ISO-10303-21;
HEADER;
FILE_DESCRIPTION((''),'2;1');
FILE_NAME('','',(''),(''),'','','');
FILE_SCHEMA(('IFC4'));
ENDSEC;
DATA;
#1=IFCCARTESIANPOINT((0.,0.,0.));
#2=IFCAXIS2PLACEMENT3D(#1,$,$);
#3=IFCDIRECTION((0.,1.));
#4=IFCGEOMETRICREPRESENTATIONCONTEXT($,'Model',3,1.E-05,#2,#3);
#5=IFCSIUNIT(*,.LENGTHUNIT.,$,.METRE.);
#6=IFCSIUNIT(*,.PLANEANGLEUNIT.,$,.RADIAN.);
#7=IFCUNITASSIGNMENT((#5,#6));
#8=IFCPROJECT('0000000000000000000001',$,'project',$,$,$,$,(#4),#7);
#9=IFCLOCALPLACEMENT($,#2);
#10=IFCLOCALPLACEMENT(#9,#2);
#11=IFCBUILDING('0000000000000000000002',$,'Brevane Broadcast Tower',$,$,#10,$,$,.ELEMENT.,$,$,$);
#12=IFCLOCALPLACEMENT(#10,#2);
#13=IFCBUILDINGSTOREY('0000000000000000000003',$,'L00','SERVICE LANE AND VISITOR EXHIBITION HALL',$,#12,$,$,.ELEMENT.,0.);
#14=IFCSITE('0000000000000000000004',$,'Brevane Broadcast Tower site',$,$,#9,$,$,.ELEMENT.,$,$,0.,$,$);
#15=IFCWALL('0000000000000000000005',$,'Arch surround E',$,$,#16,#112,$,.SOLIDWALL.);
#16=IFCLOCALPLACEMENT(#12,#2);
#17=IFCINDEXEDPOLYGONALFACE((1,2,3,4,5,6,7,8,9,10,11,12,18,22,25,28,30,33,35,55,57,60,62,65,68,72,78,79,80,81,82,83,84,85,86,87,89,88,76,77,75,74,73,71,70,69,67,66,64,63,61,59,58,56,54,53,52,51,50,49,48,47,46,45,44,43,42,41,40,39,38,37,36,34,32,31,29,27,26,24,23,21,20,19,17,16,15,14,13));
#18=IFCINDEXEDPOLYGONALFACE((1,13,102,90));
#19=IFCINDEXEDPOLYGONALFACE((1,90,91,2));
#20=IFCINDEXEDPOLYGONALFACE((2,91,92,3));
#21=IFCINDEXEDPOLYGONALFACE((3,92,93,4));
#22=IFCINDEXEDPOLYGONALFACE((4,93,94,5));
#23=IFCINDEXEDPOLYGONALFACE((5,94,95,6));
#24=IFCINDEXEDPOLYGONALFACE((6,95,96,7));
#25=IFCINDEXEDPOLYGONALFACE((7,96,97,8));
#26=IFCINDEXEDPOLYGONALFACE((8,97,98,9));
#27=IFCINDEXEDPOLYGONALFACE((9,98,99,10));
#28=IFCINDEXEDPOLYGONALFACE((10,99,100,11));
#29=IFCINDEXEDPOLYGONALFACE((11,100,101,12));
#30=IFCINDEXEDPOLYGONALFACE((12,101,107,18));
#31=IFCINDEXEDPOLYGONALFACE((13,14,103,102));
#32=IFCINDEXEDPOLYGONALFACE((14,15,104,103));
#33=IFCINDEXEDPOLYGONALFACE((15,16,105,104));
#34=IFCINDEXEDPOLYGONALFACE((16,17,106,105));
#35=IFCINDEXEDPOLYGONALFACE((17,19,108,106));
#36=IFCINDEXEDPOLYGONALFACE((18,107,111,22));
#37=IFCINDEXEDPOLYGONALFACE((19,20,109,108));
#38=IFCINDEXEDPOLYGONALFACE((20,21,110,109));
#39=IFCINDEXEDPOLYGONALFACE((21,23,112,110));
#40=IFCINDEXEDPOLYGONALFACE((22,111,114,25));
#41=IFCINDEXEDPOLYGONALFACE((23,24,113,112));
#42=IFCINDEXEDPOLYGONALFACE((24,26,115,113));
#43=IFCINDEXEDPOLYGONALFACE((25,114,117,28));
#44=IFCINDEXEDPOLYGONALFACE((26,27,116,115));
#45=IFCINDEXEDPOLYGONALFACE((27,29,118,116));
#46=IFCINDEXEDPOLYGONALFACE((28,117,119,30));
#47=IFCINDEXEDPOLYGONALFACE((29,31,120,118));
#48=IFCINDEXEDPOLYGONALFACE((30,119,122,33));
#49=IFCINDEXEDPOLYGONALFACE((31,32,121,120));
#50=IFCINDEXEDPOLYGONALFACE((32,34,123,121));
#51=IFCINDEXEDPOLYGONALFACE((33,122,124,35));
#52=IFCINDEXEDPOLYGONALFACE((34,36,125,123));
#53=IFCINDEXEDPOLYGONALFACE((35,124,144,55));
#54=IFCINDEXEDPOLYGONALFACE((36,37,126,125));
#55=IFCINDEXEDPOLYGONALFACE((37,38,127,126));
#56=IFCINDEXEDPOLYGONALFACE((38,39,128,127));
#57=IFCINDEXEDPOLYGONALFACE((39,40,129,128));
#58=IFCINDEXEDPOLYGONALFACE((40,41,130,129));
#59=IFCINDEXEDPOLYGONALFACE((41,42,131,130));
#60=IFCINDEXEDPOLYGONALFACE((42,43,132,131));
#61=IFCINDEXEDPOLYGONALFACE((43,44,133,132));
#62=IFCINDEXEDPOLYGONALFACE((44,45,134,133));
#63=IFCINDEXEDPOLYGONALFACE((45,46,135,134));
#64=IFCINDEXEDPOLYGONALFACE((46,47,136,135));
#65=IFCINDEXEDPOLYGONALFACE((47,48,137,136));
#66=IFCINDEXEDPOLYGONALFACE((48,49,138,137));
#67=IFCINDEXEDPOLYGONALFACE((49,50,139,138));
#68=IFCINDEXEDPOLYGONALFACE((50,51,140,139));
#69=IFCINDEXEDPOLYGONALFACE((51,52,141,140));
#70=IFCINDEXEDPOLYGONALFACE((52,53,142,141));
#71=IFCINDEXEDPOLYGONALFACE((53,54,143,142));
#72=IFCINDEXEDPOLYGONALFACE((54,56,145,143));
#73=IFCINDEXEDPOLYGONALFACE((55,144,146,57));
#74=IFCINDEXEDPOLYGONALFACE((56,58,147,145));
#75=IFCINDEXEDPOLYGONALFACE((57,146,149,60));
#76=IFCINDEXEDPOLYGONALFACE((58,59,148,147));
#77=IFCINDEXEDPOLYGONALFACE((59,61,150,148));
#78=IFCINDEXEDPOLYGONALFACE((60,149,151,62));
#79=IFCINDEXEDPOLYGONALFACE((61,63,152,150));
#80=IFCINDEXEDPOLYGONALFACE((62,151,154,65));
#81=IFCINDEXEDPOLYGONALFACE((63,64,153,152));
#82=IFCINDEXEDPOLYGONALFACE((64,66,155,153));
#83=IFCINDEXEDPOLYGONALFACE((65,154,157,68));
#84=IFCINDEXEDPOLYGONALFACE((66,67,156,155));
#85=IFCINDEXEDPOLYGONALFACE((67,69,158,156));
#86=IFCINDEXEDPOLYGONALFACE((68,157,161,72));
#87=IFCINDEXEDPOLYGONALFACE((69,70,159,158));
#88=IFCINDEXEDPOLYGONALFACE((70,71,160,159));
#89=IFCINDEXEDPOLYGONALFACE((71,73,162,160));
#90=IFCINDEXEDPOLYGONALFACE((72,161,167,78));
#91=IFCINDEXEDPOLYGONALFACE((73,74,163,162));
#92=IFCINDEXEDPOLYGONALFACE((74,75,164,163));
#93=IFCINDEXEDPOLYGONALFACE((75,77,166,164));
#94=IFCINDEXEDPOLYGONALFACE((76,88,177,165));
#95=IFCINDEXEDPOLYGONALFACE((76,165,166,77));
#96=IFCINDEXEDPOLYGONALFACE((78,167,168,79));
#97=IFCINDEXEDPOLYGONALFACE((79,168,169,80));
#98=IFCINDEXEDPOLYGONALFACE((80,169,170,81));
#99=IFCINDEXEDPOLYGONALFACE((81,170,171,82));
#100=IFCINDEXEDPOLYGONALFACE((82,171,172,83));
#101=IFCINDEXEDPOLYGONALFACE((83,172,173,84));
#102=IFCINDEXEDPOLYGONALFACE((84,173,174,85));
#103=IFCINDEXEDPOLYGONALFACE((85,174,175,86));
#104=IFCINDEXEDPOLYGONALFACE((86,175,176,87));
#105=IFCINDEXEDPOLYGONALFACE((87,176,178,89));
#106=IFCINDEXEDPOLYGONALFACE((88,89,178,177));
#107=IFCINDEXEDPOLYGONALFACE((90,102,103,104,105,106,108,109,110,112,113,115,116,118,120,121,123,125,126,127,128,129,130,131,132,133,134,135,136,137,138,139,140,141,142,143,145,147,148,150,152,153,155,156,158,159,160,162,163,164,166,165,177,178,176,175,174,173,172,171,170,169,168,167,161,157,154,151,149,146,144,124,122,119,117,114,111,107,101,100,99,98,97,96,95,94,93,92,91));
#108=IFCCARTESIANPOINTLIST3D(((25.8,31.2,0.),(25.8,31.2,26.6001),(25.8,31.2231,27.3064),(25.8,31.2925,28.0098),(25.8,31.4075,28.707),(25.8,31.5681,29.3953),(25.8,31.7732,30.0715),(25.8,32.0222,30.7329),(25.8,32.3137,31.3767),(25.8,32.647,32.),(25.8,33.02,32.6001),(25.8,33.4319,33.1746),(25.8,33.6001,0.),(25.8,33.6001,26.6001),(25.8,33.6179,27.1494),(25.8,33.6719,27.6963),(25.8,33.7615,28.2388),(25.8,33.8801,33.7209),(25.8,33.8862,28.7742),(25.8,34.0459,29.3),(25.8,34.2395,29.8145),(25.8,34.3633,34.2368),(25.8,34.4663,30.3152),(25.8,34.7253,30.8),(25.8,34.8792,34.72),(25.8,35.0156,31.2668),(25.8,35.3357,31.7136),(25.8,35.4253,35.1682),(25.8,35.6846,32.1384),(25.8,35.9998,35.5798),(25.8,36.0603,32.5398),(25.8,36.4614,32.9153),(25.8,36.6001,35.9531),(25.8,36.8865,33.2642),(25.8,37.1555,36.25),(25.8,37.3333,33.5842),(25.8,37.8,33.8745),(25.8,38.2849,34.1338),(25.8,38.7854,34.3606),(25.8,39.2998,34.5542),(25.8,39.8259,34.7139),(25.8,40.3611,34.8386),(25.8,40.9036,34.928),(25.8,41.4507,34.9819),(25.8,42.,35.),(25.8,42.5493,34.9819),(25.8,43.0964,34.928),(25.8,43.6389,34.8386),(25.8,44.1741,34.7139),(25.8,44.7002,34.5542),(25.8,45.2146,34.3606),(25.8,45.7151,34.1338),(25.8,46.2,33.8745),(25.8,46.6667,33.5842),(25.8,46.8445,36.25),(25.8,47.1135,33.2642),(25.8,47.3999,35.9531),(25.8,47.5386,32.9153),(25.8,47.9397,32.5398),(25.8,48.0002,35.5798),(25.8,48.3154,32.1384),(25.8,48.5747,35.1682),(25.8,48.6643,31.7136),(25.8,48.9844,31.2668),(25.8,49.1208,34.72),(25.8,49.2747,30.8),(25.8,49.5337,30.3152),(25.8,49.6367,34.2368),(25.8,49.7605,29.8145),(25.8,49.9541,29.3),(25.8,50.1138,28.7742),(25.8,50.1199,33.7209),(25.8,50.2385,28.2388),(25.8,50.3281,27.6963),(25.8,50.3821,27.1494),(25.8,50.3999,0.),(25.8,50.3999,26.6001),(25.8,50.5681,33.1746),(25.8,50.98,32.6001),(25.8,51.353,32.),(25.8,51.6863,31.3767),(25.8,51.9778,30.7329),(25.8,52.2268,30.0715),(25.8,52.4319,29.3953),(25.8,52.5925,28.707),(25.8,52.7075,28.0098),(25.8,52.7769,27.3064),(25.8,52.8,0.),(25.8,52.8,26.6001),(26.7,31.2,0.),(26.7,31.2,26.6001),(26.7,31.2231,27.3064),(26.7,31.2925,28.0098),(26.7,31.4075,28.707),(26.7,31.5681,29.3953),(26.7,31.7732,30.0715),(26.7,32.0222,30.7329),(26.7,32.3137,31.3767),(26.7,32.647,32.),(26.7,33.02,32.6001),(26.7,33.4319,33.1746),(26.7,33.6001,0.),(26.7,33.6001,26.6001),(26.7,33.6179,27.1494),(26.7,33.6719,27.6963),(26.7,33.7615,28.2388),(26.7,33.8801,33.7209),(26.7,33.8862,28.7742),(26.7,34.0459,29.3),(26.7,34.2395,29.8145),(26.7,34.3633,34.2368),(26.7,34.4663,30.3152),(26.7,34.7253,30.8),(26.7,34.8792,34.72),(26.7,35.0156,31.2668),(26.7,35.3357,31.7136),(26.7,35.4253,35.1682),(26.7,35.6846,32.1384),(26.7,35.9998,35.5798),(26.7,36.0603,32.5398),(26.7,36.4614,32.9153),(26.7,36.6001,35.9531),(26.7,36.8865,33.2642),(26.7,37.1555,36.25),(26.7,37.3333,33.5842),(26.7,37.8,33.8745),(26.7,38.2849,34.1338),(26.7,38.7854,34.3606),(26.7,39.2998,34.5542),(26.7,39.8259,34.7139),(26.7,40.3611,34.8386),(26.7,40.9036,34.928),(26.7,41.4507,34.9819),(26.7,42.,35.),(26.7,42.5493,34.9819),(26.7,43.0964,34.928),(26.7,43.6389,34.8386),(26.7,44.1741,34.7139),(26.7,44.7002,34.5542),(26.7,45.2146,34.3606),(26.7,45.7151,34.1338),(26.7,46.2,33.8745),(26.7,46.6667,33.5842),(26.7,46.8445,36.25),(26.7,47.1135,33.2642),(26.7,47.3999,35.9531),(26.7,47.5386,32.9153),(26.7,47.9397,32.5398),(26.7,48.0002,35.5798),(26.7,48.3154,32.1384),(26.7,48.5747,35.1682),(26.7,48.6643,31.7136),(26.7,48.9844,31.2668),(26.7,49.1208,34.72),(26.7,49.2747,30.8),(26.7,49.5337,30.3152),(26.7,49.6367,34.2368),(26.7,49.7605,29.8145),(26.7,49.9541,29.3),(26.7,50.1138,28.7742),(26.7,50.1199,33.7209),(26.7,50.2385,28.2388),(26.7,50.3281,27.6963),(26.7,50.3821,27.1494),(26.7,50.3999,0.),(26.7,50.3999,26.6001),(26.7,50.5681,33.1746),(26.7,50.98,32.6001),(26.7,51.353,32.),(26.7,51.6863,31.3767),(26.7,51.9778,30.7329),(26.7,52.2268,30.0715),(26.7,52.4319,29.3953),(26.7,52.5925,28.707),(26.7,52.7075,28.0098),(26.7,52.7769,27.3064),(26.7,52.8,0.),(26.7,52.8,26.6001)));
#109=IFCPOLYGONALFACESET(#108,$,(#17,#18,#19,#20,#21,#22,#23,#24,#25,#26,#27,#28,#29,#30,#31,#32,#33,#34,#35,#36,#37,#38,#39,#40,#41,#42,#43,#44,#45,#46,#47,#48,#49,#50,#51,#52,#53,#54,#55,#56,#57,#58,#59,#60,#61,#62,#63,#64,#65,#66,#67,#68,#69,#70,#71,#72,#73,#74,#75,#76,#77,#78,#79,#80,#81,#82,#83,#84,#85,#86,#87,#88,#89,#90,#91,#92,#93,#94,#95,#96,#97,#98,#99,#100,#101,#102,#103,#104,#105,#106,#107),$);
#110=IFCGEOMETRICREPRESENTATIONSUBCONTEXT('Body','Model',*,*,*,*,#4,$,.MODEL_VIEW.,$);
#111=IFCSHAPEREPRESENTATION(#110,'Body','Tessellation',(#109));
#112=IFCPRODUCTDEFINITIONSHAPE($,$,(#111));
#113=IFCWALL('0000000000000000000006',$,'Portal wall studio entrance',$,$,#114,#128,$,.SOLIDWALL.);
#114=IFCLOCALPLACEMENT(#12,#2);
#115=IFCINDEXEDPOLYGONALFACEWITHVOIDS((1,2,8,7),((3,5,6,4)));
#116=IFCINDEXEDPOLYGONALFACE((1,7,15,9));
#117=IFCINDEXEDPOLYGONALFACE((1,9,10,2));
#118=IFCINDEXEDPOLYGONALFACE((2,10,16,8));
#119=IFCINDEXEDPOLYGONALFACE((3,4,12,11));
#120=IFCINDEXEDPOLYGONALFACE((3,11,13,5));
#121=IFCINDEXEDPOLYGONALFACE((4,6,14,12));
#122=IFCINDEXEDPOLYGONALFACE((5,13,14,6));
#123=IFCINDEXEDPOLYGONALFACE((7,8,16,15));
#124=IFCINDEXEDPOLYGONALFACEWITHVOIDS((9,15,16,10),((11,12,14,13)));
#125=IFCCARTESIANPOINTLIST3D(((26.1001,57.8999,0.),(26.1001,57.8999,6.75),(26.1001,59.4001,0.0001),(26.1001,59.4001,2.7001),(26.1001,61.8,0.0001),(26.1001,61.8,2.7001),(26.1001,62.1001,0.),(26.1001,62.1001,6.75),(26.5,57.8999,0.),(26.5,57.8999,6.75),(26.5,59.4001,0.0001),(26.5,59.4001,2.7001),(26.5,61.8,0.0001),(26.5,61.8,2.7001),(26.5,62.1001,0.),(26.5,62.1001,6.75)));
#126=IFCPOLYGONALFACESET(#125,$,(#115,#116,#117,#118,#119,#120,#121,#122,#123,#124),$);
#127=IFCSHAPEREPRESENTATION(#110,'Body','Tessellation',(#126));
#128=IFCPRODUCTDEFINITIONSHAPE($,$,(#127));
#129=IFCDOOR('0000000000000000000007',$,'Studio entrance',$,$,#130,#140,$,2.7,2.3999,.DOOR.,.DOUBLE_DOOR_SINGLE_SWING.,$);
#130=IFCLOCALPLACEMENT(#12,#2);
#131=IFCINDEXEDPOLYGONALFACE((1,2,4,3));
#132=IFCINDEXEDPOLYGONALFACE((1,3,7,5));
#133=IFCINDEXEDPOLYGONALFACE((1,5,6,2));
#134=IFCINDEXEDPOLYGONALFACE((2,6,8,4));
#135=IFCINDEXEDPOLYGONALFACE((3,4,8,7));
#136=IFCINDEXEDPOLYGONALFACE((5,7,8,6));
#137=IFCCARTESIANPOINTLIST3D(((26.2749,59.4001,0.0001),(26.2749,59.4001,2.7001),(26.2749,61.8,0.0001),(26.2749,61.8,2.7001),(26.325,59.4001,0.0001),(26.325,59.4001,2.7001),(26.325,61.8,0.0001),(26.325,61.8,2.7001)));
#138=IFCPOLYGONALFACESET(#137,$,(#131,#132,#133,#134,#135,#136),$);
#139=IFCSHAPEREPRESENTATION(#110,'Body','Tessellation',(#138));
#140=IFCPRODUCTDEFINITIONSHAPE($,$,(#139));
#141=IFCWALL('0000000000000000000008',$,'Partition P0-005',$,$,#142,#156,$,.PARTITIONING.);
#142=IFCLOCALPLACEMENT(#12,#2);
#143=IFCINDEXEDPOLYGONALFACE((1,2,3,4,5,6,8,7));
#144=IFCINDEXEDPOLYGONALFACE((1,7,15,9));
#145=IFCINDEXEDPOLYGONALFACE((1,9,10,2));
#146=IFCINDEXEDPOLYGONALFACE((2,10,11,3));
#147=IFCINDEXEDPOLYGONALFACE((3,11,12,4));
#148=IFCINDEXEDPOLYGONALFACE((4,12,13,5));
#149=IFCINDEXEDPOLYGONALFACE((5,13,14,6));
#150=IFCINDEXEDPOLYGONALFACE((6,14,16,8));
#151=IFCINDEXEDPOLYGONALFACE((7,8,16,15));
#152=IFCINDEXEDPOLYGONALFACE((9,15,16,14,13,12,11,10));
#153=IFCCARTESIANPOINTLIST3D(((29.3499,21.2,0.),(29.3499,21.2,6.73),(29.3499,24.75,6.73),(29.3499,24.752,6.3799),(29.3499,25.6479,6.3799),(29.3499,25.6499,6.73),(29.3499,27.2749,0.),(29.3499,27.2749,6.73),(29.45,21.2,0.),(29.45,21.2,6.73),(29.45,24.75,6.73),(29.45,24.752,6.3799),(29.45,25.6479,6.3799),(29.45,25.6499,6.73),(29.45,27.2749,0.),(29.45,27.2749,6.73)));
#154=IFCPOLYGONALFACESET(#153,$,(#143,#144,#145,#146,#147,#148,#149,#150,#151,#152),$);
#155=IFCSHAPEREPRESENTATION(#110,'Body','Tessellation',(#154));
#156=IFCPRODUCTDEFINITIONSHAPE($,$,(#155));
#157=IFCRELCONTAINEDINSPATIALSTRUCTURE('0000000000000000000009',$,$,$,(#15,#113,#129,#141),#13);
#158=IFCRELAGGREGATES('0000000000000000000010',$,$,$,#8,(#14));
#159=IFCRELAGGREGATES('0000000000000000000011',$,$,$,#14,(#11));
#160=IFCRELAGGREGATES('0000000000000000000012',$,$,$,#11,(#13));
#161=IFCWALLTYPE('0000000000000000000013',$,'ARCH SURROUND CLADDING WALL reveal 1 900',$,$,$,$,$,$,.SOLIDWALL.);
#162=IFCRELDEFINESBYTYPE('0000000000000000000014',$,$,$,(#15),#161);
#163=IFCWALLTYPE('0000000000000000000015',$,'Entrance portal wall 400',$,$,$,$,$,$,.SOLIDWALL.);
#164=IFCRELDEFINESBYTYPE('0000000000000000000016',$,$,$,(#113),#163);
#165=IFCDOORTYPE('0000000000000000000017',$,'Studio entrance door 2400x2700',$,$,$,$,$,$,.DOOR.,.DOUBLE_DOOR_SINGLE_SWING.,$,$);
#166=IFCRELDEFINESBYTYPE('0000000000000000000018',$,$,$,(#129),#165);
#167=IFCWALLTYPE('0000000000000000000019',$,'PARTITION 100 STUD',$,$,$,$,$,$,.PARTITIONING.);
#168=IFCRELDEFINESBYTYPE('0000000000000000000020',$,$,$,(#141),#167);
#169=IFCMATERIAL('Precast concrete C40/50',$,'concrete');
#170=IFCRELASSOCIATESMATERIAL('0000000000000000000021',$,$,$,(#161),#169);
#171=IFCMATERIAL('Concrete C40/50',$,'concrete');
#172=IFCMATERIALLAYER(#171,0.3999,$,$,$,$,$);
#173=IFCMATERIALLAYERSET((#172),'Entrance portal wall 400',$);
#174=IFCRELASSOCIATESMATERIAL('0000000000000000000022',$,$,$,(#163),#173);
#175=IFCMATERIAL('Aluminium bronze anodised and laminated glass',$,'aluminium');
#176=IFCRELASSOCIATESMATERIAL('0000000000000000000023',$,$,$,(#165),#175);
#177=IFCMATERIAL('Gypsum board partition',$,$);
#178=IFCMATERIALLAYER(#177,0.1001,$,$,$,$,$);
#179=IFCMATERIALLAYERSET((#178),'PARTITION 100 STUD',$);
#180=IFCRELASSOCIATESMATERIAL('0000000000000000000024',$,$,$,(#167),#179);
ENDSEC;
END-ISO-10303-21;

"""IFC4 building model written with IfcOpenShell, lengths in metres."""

from ifc_helpers import new_model, si_unit, direction, frame, frame_2d, origin, place, context, subcontext, project, spatial, polyline, rectangle, outline, extrude, material, layer, layer_set, material_profile, profile_set, type_object, element, fill, save


model = new_model("IFC4")

# Units and contexts
model_context = context("Model", 3, precision=1e-05, world=origin(), true_north=direction((0.0, 1.0)))
body_context = subcontext(model_context, "Body", "Model", "MODEL_VIEW")
ifc_project = project(units=[si_unit("LENGTHUNIT", "METRE"), si_unit("PLANEANGLEUNIT", "RADIAN")], contexts=[model_context])

# Site, building, storey
site_placement = place(None, origin())
site = spatial("IfcSite", under=ifc_project, at=site_placement, Name="Brevane Broadcast Tower site", CompositionType="ELEMENT", RefElevation=0.0)
building_placement = place(site_placement, origin())
building = spatial("IfcBuilding", under=site, at=building_placement, Name="Brevane Broadcast Tower", CompositionType="ELEMENT")
storey_placement = place(building_placement, origin())
storey = spatial("IfcBuildingStorey", under=building, at=storey_placement, Name="L00", Description="SERVICE LANE AND VISITOR EXHIBITION HALL", CompositionType="ELEMENT", Elevation=0.0)

# Wall
ifc_material_1 = material(Name="Precast concrete C40/50", Category="concrete")
ifc_material_profile_1 = material_profile(ifc_material_1, outline(polyline([(5.3999, 35.9531), (6.0002, 35.5798), (6.5747, 35.1682), (7.1208, 34.72), (7.6367, 34.2368), (8.1199, 33.7209), (8.5681, 33.1746), (8.98, 32.6001), (9.353, 32.0), (9.6863, 31.3767), (9.9778, 30.7329), (10.2268, 30.0715), (10.4319, 29.3953), (10.5925, 28.707), (10.7075, 28.0098), (10.7769, 27.3064), (10.8, 26.6001), (10.8, 0.0), (8.3999, 0.0), (8.3999, 26.6001), (8.3821, 27.1494), (8.3281, 27.6963), (8.2385, 28.2388), (8.1138, 28.7742), (7.9541, 29.3), (7.7605, 29.8145), (7.5337, 30.3152), (7.2747, 30.8), (6.9844, 31.2668), (6.6643, 31.7136), (6.3154, 32.1384), (5.9397, 32.5398), (5.5386, 32.9153), (5.1135, 33.2642), (4.6667, 33.5842), (4.2, 33.8745), (3.7151, 34.1338), (3.2146, 34.3606), (2.7002, 34.5542), (2.1741, 34.7139), (1.6389, 34.8386), (1.0964, 34.928), (0.5493, 34.9819), (0.0, 35.0), (-0.5493, 34.9819), (-1.0964, 34.928), (-1.6389, 34.8386), (-2.1741, 34.7139), (-2.7002, 34.5542), (-3.2146, 34.3606), (-3.7151, 34.1338), (-4.2, 33.8745), (-4.6667, 33.5842), (-5.1135, 33.2642), (-5.5386, 32.9153), (-5.9397, 32.5398), (-6.3154, 32.1384), (-6.6643, 31.7136), (-6.9844, 31.2668), (-7.2747, 30.8), (-7.5337, 30.3152), (-7.7605, 29.8145), (-7.9541, 29.3), (-8.1138, 28.7742), (-8.2385, 28.2388), (-8.3281, 27.6963), (-8.3821, 27.1494), (-8.3999, 26.6001), (-8.3999, 0.0), (-10.8, 0.0), (-10.8, 26.6001), (-10.7769, 27.3064), (-10.7075, 28.0098), (-10.5925, 28.707), (-10.4319, 29.3953), (-10.2268, 30.0715), (-9.9778, 30.7329), (-9.6863, 31.3767), (-9.353, 32.0), (-8.98, 32.6001), (-8.5681, 33.1746), (-8.1199, 33.7209), (-7.6367, 34.2368), (-7.1208, 34.72), (-6.5747, 35.1682), (-6.0002, 35.5798), (-5.3999, 35.9531), (-4.8445, 36.25), (4.8445, 36.25), (5.3999, 35.9531)])), Name="ARCH SURROUND")
ifc_profile_set_1 = profile_set([ifc_material_profile_1], Name="Precast concrete C40/50")
wall_type_1 = type_object("IfcWallType", Name="ARCH SURROUND CLADDING WALL reveal 1 900", PredefinedType="SOLIDWALL", material=ifc_profile_set_1)
wall_1_placement = place(storey_placement, frame((25.8, 42.0, 0.0), z_axis=(1.0, 0.0, 0.0), x_axis=(0.0, 1.0, 0.0)))
element("IfcWall", 1, at=wall_1_placement, inside=storey, type_object=wall_type_1, Name="Arch surround E", PredefinedType="SOLIDWALL", context=body_context, shape_type="SweptSolid", body=[
    extrude(outline(polyline([(5.3999, 35.9531), (6.0002, 35.5798), (6.5747, 35.1682), (7.1208, 34.72), (7.6367, 34.2368), (8.1199, 33.7209), (8.5681, 33.1746), (8.98, 32.6001), (9.353, 32.0), (9.6863, 31.3767), (9.9778, 30.7329), (10.2268, 30.0715), (10.4319, 29.3953), (10.5925, 28.707), (10.7075, 28.0098), (10.7769, 27.3064), (10.8, 26.6001), (10.8, 0.0), (8.3999, 0.0), (8.3999, 26.6001), (8.3821, 27.1494), (8.3281, 27.6963), (8.2385, 28.2388), (8.1138, 28.7742), (7.9541, 29.3), (7.7605, 29.8145), (7.5337, 30.3152), (7.2747, 30.8), (6.9844, 31.2668), (6.6643, 31.7136), (6.3154, 32.1384), (5.9397, 32.5398), (5.5386, 32.9153), (5.1135, 33.2642), (4.6667, 33.5842), (4.2, 33.8745), (3.7151, 34.1338), (3.2146, 34.3606), (2.7002, 34.5542), (2.1741, 34.7139), (1.6389, 34.8386), (1.0964, 34.928), (0.5493, 34.9819), (0.0, 35.0), (-0.5493, 34.9819), (-1.0964, 34.928), (-1.6389, 34.8386), (-2.1741, 34.7139), (-2.7002, 34.5542), (-3.2146, 34.3606), (-3.7151, 34.1338), (-4.2, 33.8745), (-4.6667, 33.5842), (-5.1135, 33.2642), (-5.5386, 32.9153), (-5.9397, 32.5398), (-6.3154, 32.1384), (-6.6643, 31.7136), (-6.9844, 31.2668), (-7.2747, 30.8), (-7.5337, 30.3152), (-7.7605, 29.8145), (-7.9541, 29.3), (-8.1138, 28.7742), (-8.2385, 28.2388), (-8.3281, 27.6963), (-8.3821, 27.1494), (-8.3999, 26.6001), (-8.3999, 0.0), (-10.8, 0.0), (-10.8, 26.6001), (-10.7769, 27.3064), (-10.7075, 28.0098), (-10.5925, 28.707), (-10.4319, 29.3953), (-10.2268, 30.0715), (-9.9778, 30.7329), (-9.6863, 31.3767), (-9.353, 32.0), (-8.98, 32.6001), (-8.5681, 33.1746), (-8.1199, 33.7209), (-7.6367, 34.2368), (-7.1208, 34.72), (-6.5747, 35.1682), (-6.0002, 35.5798), (-5.3999, 35.9531), (-4.8445, 36.25), (4.8445, 36.25), (5.3999, 35.9531)])), origin(), (0.0, 0.0, 1.0), 0.8999),
])

# Wall, opening, door
ifc_material_2 = material(Name="Concrete C40/50", Category="concrete")
ifc_layer_1 = layer(ifc_material_2, 0.3999)
ifc_layer_set_1 = layer_set([ifc_layer_1], Name="Entrance portal wall 400")
wall_type_2 = type_object("IfcWallType", Name="Entrance portal wall 400", PredefinedType="SOLIDWALL", material=ifc_layer_set_1)
wall_2_placement = place(storey_placement, frame((26.3, 62.1001, 0.0), z_axis=(0.0, 0.0, 1.0), x_axis=(0.0, -1.0, 0.0)))
wall_2 = element("IfcWall", 2, at=wall_2_placement, inside=storey, type_object=wall_type_2, Name="Portal wall studio entrance", PredefinedType="SOLIDWALL", context=body_context, shape_type="SweptSolid", body=[
    extrude(rectangle(XDim=4.2002, YDim=0.3999, at=frame_2d((2.1001, 0.0))), origin(), (0.0, 0.0, 1.0), 6.75),
])
opening_1_placement = place(wall_2_placement, frame((0.3, 0.0, 0.0)))
opening_1 = element("IfcOpeningElement", 3, at=opening_1_placement, cuts=wall_2, PredefinedType="OPENING", context=body_context, shape_type="SweptSolid", body=[
    extrude(rectangle(XDim=2.3999, YDim=2.7, at=frame_2d((1.2, 1.3501))), frame((0.0, 0.21, 0.0), z_axis=(0.0, -1.0, 0.0), x_axis=(1.0, 0.0, 0.0)), (0.0, 0.0, 1.0), 0.4199),
])
ifc_material_3 = material(Name="Aluminium bronze anodised and laminated glass", Category="aluminium")
door_type_1 = type_object("IfcDoorType", Name="Studio entrance door 2400x2700", OperationType="DOUBLE_DOOR_SINGLE_SWING", PredefinedType="DOOR", material=ifc_material_3)
door_1_placement = place(opening_1_placement, origin())
door_1 = element("IfcDoor", 4, at=door_1_placement, inside=storey, type_object=door_type_1, Name="Studio entrance", OperationType="DOUBLE_DOOR_SINGLE_SWING", OverallHeight=2.7, OverallWidth=2.3999, PredefinedType="DOOR", context=body_context, shape_type="SweptSolid", body=[
    extrude(rectangle(XDim=2.3999, YDim=2.7, at=frame_2d((1.2, 1.3501))), frame((0.0, 0.0249, 0.0), z_axis=(0.0, -1.0, 0.0), x_axis=(1.0, 0.0, 0.0)), (0.0, 0.0, 1.0), 0.05),
])
fill(opening_1, door_1)

# Wall
ifc_material_4 = material(Name="Gypsum board partition")
ifc_layer_2 = layer(ifc_material_4, 0.1001)
ifc_layer_set_2 = layer_set([ifc_layer_2], Name="PARTITION 100 STUD")
wall_type_3 = type_object("IfcWallType", Name="PARTITION 100 STUD", PredefinedType="PARTITIONING", material=ifc_layer_set_2)
wall_3_placement = place(storey_placement, frame((29.3999, 27.2749, 0.0), z_axis=(0.0, 0.0, 1.0), x_axis=(0.0, -1.0, 0.0)))
element("IfcWall", 5, at=wall_3_placement, inside=storey, type_object=wall_type_3, Name="Partition P0-005", PredefinedType="PARTITIONING", context=body_context, shape_type="SweptSolid", body=[
    extrude(outline(polyline([(0.0, 0.0), (6.075, 0.0), (6.075, 6.73), (2.5249, 6.73), (2.5229, 6.3799), (1.627, 6.3799), (1.625, 6.73), (0.0, 6.73), (0.0, 0.0)])), frame((0.0, 0.05, 0.0), z_axis=(0.0, -1.0, 0.0), x_axis=(1.0, 0.0, 0.0)), (0.0, 0.0, 1.0), 0.1001),
])

save(model, "model.ifc")
